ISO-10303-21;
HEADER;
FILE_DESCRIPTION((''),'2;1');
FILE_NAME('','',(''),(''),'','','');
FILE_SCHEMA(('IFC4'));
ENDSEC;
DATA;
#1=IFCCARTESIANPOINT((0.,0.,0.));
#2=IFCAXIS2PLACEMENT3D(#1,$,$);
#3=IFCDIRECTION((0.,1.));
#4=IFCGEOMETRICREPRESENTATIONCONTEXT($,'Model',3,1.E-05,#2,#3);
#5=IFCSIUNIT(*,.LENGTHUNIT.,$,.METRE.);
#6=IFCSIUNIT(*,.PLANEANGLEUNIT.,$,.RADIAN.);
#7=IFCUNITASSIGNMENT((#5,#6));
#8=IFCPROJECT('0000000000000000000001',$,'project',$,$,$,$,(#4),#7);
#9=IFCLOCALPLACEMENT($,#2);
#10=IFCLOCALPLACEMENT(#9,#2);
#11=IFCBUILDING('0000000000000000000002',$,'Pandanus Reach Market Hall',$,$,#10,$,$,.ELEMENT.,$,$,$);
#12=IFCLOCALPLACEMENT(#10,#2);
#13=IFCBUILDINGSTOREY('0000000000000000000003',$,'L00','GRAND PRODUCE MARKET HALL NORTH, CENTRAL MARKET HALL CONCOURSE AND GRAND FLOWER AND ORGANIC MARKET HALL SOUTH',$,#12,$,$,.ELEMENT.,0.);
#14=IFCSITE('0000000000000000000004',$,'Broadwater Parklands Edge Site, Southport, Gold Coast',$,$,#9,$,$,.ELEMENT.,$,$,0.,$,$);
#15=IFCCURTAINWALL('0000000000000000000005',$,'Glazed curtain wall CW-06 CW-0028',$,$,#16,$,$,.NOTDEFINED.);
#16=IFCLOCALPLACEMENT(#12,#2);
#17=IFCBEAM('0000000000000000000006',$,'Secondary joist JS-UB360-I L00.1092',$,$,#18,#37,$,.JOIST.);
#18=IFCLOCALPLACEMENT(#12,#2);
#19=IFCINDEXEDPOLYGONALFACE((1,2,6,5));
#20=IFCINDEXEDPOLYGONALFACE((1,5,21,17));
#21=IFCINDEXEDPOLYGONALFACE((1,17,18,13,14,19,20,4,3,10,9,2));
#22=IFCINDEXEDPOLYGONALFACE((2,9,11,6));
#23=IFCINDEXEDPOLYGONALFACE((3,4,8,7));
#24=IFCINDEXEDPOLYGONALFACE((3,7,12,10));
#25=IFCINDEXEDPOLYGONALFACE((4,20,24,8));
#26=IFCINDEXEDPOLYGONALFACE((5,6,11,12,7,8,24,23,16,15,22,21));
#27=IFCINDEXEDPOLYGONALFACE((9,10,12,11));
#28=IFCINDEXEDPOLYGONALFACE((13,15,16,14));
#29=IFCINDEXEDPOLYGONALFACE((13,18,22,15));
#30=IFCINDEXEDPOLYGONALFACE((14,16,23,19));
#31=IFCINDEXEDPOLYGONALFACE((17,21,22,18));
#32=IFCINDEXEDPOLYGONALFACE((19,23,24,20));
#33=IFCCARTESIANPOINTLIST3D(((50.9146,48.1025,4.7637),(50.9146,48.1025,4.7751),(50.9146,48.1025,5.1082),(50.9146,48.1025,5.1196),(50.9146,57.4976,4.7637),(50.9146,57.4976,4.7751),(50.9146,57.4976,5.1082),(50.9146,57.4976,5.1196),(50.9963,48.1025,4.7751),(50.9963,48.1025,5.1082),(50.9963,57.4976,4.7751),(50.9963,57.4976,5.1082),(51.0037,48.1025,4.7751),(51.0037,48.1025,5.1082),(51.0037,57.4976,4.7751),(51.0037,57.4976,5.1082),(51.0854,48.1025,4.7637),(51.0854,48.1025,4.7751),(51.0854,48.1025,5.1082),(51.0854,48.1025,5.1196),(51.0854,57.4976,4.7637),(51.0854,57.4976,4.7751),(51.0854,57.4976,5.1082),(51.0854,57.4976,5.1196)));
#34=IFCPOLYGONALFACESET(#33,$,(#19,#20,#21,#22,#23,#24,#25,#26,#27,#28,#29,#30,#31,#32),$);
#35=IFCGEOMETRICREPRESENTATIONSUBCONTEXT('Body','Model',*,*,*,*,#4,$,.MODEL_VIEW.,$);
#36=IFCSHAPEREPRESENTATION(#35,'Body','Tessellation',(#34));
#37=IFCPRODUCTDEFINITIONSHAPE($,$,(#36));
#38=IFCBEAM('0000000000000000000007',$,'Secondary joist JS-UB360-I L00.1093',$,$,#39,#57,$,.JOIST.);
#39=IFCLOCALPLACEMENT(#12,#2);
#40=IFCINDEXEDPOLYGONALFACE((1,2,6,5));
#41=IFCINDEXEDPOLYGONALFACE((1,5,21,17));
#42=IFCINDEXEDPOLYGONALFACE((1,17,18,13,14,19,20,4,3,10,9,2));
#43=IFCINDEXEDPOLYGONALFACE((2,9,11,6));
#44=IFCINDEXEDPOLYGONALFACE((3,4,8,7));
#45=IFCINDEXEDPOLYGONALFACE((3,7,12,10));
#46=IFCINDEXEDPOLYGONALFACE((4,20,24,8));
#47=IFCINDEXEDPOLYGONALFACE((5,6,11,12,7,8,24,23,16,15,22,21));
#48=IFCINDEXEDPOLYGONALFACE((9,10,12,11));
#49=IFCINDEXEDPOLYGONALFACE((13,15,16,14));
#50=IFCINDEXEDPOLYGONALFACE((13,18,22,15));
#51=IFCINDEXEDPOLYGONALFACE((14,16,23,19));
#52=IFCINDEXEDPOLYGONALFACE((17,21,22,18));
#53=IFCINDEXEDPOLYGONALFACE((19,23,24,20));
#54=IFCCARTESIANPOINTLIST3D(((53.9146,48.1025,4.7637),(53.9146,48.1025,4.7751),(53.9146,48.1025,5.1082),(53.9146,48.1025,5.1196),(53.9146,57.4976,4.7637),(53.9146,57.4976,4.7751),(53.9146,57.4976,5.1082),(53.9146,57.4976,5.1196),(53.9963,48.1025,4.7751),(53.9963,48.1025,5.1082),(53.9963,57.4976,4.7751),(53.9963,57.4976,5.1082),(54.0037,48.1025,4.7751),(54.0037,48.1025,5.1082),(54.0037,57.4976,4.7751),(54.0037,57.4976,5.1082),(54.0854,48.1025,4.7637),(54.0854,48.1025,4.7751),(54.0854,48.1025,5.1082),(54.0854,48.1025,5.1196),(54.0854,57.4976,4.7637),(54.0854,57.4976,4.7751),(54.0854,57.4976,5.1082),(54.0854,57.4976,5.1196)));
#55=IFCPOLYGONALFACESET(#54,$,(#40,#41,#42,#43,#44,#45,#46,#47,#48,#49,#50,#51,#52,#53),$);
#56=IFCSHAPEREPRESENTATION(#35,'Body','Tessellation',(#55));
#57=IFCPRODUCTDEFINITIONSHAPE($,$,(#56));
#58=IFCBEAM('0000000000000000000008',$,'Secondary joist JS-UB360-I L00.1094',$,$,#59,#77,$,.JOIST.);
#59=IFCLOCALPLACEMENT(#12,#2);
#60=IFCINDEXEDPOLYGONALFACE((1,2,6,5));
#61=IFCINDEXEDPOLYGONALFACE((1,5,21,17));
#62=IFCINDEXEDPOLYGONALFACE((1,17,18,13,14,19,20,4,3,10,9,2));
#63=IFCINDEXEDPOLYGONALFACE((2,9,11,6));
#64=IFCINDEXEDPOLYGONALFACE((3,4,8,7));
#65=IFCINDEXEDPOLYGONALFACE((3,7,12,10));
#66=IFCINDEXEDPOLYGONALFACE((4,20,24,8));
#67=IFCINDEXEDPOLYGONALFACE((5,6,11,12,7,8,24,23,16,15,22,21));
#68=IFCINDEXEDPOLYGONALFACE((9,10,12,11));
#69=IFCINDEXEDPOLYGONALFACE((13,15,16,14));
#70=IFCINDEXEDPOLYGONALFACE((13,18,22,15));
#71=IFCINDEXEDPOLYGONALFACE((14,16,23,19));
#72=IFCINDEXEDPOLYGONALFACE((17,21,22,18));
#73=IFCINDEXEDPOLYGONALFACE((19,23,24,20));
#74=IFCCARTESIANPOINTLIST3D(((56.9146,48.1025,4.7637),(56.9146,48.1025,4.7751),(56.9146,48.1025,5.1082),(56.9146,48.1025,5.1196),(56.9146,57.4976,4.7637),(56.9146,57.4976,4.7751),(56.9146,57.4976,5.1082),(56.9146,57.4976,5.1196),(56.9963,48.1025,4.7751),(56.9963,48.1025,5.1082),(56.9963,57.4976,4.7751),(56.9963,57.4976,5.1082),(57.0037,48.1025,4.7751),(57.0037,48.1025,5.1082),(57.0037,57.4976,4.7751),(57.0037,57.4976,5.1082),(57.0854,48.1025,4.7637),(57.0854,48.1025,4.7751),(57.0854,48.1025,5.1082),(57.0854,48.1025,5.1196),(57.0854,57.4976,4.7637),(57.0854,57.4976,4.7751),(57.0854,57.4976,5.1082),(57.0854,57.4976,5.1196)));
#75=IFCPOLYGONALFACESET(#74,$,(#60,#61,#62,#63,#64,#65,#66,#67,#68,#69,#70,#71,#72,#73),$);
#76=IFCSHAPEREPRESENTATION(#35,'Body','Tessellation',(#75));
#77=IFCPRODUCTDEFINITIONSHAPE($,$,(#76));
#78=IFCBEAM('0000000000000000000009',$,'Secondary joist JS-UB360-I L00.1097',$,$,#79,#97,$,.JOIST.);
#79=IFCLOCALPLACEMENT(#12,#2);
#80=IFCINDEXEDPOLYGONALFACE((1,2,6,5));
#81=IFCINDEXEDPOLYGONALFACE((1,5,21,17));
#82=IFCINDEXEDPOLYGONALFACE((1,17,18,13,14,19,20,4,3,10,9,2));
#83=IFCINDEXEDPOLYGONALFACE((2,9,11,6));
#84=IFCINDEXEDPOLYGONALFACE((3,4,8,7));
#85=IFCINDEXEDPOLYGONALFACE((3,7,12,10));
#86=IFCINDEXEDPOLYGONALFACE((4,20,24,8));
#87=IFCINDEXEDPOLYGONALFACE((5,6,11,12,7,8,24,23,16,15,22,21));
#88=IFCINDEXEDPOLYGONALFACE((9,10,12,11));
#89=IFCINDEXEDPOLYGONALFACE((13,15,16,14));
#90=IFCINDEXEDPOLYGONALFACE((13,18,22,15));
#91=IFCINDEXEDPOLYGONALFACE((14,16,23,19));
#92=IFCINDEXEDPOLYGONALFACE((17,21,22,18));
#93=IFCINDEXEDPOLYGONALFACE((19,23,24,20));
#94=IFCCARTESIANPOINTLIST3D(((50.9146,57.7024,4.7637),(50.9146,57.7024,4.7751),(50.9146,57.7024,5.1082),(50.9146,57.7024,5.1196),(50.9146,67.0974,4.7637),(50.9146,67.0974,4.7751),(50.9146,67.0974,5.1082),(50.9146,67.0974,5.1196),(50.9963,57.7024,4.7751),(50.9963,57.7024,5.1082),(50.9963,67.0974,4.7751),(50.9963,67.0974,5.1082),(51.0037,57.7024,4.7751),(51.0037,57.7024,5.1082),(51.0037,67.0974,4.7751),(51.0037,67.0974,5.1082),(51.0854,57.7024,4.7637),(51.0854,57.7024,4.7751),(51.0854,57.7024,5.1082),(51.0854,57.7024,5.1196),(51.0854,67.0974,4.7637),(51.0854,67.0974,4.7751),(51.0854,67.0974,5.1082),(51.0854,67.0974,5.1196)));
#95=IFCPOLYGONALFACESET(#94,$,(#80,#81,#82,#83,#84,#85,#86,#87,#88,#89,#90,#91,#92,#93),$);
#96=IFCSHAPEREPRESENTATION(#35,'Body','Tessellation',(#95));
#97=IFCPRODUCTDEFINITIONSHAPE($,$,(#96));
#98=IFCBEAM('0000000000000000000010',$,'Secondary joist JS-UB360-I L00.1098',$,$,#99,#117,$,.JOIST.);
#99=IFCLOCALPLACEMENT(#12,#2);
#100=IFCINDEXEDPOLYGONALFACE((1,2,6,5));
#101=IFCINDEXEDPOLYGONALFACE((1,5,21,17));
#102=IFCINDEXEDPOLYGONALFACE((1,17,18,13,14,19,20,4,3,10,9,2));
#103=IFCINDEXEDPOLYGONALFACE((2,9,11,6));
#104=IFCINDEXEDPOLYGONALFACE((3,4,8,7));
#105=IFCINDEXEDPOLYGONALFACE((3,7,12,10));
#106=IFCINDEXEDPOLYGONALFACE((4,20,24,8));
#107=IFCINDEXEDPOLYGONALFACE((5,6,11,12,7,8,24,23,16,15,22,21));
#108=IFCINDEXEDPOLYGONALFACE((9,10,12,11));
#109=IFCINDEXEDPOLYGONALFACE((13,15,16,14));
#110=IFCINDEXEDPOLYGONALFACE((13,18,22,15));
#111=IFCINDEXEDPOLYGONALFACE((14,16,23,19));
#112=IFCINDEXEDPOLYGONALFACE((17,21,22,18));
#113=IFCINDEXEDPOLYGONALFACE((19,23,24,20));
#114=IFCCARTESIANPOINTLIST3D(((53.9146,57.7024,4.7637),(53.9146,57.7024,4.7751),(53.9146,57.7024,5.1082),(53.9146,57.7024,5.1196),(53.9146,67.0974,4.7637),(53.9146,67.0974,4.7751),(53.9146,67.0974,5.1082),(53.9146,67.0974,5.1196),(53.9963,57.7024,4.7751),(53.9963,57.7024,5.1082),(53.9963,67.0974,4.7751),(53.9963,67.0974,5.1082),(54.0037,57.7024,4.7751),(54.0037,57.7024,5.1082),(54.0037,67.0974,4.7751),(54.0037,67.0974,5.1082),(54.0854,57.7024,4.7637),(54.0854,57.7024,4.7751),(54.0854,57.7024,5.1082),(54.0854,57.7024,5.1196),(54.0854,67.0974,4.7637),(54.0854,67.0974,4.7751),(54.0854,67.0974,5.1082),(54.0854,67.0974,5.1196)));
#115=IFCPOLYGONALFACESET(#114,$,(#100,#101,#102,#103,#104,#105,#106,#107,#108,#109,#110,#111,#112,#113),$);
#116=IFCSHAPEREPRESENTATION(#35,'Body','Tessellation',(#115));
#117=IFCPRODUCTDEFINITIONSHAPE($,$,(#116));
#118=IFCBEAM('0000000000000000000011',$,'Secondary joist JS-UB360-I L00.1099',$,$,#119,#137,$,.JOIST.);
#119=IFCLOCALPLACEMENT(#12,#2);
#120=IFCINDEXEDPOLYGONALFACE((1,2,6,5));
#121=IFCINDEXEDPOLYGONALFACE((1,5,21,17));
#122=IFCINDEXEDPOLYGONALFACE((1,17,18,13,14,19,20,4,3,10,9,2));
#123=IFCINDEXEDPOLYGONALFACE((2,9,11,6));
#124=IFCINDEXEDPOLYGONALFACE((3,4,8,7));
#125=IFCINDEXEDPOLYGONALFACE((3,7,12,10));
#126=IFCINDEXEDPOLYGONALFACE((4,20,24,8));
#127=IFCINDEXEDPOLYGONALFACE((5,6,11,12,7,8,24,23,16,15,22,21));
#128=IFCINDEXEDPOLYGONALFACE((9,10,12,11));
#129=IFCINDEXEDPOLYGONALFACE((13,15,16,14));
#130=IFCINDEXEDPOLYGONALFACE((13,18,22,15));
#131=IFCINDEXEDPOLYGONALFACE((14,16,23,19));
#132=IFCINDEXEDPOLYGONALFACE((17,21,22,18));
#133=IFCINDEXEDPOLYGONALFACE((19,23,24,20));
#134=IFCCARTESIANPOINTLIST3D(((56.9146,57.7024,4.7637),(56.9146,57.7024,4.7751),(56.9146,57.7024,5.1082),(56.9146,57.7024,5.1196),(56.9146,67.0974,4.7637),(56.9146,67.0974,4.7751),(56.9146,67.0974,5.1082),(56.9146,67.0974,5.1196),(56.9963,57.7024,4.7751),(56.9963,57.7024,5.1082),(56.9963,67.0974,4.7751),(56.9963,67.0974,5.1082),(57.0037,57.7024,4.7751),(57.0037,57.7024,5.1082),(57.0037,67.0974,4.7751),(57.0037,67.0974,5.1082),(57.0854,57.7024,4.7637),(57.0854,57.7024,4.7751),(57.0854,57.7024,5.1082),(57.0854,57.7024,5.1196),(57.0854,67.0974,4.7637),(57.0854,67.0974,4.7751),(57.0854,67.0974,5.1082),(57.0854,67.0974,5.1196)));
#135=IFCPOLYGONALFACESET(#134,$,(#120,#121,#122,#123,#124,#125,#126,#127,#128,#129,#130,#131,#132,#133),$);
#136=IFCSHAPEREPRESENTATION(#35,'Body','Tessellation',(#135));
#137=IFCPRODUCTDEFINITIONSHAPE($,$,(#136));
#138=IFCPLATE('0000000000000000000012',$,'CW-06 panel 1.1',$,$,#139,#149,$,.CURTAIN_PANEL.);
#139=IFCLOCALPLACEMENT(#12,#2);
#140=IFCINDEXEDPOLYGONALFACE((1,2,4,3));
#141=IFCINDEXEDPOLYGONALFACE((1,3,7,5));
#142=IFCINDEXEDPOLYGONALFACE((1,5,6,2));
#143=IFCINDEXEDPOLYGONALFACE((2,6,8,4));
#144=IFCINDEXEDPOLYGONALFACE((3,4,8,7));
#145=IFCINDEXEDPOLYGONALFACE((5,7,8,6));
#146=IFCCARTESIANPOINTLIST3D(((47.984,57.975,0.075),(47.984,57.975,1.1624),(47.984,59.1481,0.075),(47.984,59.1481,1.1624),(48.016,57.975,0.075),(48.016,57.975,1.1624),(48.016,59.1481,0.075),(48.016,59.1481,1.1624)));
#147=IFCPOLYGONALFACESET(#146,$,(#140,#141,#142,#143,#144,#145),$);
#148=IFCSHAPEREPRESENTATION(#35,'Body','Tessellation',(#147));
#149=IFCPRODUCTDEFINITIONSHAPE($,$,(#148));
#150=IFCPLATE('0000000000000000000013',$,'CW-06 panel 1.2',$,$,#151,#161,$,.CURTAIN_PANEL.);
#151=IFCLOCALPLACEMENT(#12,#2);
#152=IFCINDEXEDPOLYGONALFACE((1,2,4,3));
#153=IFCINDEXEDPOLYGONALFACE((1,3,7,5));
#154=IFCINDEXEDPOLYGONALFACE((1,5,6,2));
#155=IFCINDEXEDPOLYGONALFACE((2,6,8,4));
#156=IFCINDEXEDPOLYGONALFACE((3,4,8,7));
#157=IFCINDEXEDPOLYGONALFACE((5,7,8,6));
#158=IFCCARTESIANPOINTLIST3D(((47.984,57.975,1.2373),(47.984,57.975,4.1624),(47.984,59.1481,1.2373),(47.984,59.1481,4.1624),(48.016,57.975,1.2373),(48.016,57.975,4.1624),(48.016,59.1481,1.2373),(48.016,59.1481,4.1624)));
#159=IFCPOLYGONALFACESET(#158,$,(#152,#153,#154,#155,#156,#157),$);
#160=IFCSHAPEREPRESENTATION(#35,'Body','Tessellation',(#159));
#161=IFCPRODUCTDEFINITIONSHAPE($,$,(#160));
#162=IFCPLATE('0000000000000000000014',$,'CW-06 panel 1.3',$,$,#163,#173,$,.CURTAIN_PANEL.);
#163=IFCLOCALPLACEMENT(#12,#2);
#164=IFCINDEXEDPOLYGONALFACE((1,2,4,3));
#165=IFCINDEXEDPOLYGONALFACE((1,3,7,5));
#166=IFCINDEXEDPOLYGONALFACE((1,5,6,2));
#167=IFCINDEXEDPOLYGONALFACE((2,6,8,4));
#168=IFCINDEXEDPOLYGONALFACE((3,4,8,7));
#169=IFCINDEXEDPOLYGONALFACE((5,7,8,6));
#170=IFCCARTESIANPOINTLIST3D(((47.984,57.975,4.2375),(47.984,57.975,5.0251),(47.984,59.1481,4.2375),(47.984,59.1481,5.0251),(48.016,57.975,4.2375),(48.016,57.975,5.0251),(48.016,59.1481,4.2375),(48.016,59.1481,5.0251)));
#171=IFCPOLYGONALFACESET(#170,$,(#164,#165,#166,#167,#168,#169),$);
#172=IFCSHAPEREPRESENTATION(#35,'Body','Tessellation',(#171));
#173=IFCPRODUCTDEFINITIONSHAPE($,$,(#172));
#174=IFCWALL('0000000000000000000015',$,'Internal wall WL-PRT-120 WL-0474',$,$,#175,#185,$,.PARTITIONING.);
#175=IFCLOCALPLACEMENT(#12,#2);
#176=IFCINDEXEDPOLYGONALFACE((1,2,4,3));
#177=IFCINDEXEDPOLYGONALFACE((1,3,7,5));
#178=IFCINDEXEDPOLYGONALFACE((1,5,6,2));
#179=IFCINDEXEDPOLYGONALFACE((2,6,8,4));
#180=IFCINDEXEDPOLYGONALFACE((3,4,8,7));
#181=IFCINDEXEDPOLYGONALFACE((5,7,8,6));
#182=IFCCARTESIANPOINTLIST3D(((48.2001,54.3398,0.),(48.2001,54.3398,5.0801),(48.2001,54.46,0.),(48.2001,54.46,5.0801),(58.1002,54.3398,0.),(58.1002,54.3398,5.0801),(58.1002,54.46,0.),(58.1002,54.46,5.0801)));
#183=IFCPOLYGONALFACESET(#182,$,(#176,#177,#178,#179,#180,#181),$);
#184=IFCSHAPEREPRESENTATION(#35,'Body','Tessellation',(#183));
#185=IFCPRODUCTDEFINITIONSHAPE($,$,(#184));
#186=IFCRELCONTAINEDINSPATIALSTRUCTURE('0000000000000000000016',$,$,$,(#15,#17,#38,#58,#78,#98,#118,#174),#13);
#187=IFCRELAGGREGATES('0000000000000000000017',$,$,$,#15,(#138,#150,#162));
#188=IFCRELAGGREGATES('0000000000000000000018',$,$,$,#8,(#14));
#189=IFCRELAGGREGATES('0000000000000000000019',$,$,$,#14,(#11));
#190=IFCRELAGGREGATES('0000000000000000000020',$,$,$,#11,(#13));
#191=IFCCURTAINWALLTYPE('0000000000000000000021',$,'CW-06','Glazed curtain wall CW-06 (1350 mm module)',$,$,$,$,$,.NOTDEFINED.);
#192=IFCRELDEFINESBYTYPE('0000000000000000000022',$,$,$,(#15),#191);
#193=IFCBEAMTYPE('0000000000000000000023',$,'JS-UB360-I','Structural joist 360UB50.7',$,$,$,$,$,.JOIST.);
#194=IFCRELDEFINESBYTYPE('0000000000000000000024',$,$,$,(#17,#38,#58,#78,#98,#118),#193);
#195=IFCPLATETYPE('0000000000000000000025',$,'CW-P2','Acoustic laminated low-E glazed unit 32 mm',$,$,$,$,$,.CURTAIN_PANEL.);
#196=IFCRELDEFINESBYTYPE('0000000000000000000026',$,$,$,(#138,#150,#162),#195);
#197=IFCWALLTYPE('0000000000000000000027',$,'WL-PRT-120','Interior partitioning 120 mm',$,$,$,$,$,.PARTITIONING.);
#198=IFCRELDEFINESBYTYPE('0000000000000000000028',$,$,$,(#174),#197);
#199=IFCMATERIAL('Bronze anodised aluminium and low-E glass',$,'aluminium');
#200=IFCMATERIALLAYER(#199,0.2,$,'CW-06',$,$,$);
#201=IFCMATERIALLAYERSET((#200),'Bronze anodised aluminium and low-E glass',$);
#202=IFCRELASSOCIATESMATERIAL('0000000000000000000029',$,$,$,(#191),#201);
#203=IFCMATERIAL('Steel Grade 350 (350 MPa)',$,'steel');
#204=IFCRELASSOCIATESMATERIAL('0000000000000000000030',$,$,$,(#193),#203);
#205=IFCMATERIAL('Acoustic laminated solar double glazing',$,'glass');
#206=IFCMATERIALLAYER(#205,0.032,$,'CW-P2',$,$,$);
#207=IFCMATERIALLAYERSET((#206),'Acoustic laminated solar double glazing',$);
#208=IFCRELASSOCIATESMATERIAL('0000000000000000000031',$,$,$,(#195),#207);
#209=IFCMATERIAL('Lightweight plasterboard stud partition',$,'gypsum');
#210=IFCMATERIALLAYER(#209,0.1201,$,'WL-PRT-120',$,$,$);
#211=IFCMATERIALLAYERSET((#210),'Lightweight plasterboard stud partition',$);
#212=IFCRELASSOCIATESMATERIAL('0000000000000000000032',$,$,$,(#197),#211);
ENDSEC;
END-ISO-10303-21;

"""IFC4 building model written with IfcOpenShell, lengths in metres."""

from ifc_helpers import new_model, si_unit, direction, frame, frame_2d, origin, origin_2d, place, context, subcontext, project, spatial, rectangle, i_section, extrude, material, layer, layer_set, material_profile, profile_set, type_object, element, aggregate, save


model = new_model("IFC4")

# Units and contexts
model_context = context("Model", 3, precision=1e-05, world=origin(), true_north=direction((0.0, 1.0)))
body_context = subcontext(model_context, "Body", "Model", "MODEL_VIEW")
ifc_project = project(units=[si_unit("LENGTHUNIT", "METRE"), si_unit("PLANEANGLEUNIT", "RADIAN")], contexts=[model_context])

# Site, building, storey
site_placement = place(None, origin())
site = spatial("IfcSite", under=ifc_project, at=site_placement, Name="Broadwater Parklands Edge Site, Southport, Gold Coast", CompositionType="ELEMENT", RefElevation=0.0)
building_placement = place(site_placement, origin())
building = spatial("IfcBuilding", under=site, at=building_placement, Name="Pandanus Reach Market Hall", CompositionType="ELEMENT")
storey_placement = place(building_placement, origin())
storey = spatial("IfcBuildingStorey", under=building, at=storey_placement, Name="L00", Description="GRAND PRODUCE MARKET HALL NORTH, CENTRAL MARKET HALL CONCOURSE AND GRAND FLOWER AND ORGANIC MARKET HALL SOUTH", CompositionType="ELEMENT", Elevation=0.0)

# Shared definitions
ifc_material_1 = material(Name="Steel Grade 350 (350 MPa)", Category="steel")

# Curtain wall
ifc_material_2 = material(Name="Bronze anodised aluminium and low-E glass", Category="aluminium")
ifc_layer_1 = layer(ifc_material_2, 0.2, Name="CW-06")
ifc_layer_set_1 = layer_set([ifc_layer_1], Name="Bronze anodised aluminium and low-E glass")
curtain_wall_type = type_object("IfcCurtainWallType", Name="CW-06", Description="Glazed curtain wall CW-06 (1350 mm module)", PredefinedType="NOTDEFINED", material=ifc_layer_set_1)
curtain_wall_placement = place(storey_placement, origin())
curtain_wall = element("IfcCurtainWall", 1, at=curtain_wall_placement, inside=storey, type_object=curtain_wall_type, Name="Glazed curtain wall CW-06 CW-0028", PredefinedType="NOTDEFINED")

# Beams
ifc_material_profile_1 = material_profile(ifc_material_1, i_section(OverallWidth=0.1709, OverallDepth=0.356, WebThickness=0.0073, FlangeThickness=0.0115, at=origin_2d()), Name="360UB50.7", Category="LoadBearing")
ifc_profile_set_1 = profile_set([ifc_material_profile_1], Name="Steel Grade 350 (350 MPa)")
beam_type_1 = type_object("IfcBeamType", Name="JS-UB360-I", Description="Structural joist 360UB50.7", PredefinedType="JOIST", material=ifc_profile_set_1)
for number, where, z_axis, x_axis, name in (
    (2, (51.0, 48.1025, 4.9417), (0.0, 1.0, 0.0), (-1.0, 0.0, 0.0), "Secondary joist JS-UB360-I L00.1092"),
    (3, (54.0, 48.1025, 4.9417), (0.0, 1.0, 0.0), (-1.0, 0.0, 0.0), "Secondary joist JS-UB360-I L00.1093"),
    (4, (57.0, 48.1025, 4.9417), (0.0, 1.0, 0.0), (-1.0, 0.0, 0.0), "Secondary joist JS-UB360-I L00.1094"),
    (5, (51.0, 57.7024, 4.9417), (0.0, 1.0, 0.0), (-1.0, 0.0, 0.0), "Secondary joist JS-UB360-I L00.1097"),
    (6, (54.0, 57.7024, 4.9417), (0.0, 1.0, 0.0), (-1.0, 0.0, 0.0), "Secondary joist JS-UB360-I L00.1098"),
    (7, (57.0, 57.7024, 4.9417), (0.0, 1.0, 0.0), (-1.0, 0.0, 0.0), "Secondary joist JS-UB360-I L00.1099"),
):
    element("IfcBeam", number, at=place(storey_placement, frame(where, z_axis=z_axis, x_axis=x_axis)), inside=storey, type_object=beam_type_1, Name=name, PredefinedType="JOIST", context=body_context, shape_type="SweptSolid", body=[
        extrude(i_section(OverallWidth=0.1709, OverallDepth=0.356, WebThickness=0.0073, FlangeThickness=0.0115, at=origin_2d()), origin(), (0.0, 0.0, 1.0), 9.395),
    ])

# Plates
ifc_material_3 = material(Name="Acoustic laminated solar double glazing", Category="glass")
ifc_layer_2 = layer(ifc_material_3, 0.032, Name="CW-P2")
ifc_layer_set_2 = layer_set([ifc_layer_2], Name="Acoustic laminated solar double glazing")
plate_type = type_object("IfcPlateType", Name="CW-P2", Description="Acoustic laminated low-E glazed unit 32 mm", PredefinedType="CURTAIN_PANEL", material=ifc_layer_set_2)
plate_1_placement = place(storey_placement, frame((48.0, 58.5615, 0.075), z_axis=(0.0, 0.0, 1.0), x_axis=(0.0, 1.0, 0.0)))
plate_1 = element("IfcPlate", 8, at=plate_1_placement, type_object=plate_type, Name="CW-06 panel 1.1", PredefinedType="CURTAIN_PANEL", context=body_context, shape_type="SweptSolid", body=[
    extrude(rectangle(XDim=1.1731, YDim=0.032, at=origin_2d()), origin(), (0.0, 0.0, 1.0), 1.0874),
])
plate_2_placement = place(storey_placement, frame((48.0, 58.5615, 1.2373), z_axis=(0.0, 0.0, 1.0), x_axis=(0.0, 1.0, 0.0)))
plate_2 = element("IfcPlate", 9, at=plate_2_placement, type_object=plate_type, Name="CW-06 panel 1.2", PredefinedType="CURTAIN_PANEL", context=body_context, shape_type="SweptSolid", body=[
    extrude(rectangle(XDim=1.1731, YDim=0.032, at=origin_2d()), origin(), (0.0, 0.0, 1.0), 2.925),
])
plate_3_placement = place(storey_placement, frame((48.0, 58.5615, 4.2375), z_axis=(0.0, 0.0, 1.0), x_axis=(0.0, 1.0, 0.0)))
plate_3 = element("IfcPlate", 10, at=plate_3_placement, type_object=plate_type, Name="CW-06 panel 1.3", PredefinedType="CURTAIN_PANEL", context=body_context, shape_type="SweptSolid", body=[
    extrude(rectangle(XDim=1.1731, YDim=0.032, at=origin_2d()), origin(), (0.0, 0.0, 1.0), 0.7876),
])
aggregate(curtain_wall, [plate_1, plate_2, plate_3])

# Wall
ifc_material_4 = material(Name="Lightweight plasterboard stud partition", Category="gypsum")
ifc_layer_3 = layer(ifc_material_4, 0.1201, Name="WL-PRT-120")
ifc_layer_set_3 = layer_set([ifc_layer_3], Name="Lightweight plasterboard stud partition")
wall_type = type_object("IfcWallType", Name="WL-PRT-120", Description="Interior partitioning 120 mm", PredefinedType="PARTITIONING", material=ifc_layer_set_3)
wall_placement = place(storey_placement, frame((48.2, 54.3999, 0.0), z_axis=(0.0, 0.0, 1.0), x_axis=(1.0, 0.0, 0.0)))
element("IfcWall", 11, at=wall_placement, inside=storey, type_object=wall_type, Name="Internal wall WL-PRT-120 WL-0474", PredefinedType="PARTITIONING", context=body_context, shape_type="SweptSolid", body=[
    extrude(rectangle(XDim=9.9001, YDim=0.1201, at=frame_2d((4.9502, 0.0))), origin(), (0.0, 0.0, 1.0), 5.0801),
])

save(model, "model.ifc")
